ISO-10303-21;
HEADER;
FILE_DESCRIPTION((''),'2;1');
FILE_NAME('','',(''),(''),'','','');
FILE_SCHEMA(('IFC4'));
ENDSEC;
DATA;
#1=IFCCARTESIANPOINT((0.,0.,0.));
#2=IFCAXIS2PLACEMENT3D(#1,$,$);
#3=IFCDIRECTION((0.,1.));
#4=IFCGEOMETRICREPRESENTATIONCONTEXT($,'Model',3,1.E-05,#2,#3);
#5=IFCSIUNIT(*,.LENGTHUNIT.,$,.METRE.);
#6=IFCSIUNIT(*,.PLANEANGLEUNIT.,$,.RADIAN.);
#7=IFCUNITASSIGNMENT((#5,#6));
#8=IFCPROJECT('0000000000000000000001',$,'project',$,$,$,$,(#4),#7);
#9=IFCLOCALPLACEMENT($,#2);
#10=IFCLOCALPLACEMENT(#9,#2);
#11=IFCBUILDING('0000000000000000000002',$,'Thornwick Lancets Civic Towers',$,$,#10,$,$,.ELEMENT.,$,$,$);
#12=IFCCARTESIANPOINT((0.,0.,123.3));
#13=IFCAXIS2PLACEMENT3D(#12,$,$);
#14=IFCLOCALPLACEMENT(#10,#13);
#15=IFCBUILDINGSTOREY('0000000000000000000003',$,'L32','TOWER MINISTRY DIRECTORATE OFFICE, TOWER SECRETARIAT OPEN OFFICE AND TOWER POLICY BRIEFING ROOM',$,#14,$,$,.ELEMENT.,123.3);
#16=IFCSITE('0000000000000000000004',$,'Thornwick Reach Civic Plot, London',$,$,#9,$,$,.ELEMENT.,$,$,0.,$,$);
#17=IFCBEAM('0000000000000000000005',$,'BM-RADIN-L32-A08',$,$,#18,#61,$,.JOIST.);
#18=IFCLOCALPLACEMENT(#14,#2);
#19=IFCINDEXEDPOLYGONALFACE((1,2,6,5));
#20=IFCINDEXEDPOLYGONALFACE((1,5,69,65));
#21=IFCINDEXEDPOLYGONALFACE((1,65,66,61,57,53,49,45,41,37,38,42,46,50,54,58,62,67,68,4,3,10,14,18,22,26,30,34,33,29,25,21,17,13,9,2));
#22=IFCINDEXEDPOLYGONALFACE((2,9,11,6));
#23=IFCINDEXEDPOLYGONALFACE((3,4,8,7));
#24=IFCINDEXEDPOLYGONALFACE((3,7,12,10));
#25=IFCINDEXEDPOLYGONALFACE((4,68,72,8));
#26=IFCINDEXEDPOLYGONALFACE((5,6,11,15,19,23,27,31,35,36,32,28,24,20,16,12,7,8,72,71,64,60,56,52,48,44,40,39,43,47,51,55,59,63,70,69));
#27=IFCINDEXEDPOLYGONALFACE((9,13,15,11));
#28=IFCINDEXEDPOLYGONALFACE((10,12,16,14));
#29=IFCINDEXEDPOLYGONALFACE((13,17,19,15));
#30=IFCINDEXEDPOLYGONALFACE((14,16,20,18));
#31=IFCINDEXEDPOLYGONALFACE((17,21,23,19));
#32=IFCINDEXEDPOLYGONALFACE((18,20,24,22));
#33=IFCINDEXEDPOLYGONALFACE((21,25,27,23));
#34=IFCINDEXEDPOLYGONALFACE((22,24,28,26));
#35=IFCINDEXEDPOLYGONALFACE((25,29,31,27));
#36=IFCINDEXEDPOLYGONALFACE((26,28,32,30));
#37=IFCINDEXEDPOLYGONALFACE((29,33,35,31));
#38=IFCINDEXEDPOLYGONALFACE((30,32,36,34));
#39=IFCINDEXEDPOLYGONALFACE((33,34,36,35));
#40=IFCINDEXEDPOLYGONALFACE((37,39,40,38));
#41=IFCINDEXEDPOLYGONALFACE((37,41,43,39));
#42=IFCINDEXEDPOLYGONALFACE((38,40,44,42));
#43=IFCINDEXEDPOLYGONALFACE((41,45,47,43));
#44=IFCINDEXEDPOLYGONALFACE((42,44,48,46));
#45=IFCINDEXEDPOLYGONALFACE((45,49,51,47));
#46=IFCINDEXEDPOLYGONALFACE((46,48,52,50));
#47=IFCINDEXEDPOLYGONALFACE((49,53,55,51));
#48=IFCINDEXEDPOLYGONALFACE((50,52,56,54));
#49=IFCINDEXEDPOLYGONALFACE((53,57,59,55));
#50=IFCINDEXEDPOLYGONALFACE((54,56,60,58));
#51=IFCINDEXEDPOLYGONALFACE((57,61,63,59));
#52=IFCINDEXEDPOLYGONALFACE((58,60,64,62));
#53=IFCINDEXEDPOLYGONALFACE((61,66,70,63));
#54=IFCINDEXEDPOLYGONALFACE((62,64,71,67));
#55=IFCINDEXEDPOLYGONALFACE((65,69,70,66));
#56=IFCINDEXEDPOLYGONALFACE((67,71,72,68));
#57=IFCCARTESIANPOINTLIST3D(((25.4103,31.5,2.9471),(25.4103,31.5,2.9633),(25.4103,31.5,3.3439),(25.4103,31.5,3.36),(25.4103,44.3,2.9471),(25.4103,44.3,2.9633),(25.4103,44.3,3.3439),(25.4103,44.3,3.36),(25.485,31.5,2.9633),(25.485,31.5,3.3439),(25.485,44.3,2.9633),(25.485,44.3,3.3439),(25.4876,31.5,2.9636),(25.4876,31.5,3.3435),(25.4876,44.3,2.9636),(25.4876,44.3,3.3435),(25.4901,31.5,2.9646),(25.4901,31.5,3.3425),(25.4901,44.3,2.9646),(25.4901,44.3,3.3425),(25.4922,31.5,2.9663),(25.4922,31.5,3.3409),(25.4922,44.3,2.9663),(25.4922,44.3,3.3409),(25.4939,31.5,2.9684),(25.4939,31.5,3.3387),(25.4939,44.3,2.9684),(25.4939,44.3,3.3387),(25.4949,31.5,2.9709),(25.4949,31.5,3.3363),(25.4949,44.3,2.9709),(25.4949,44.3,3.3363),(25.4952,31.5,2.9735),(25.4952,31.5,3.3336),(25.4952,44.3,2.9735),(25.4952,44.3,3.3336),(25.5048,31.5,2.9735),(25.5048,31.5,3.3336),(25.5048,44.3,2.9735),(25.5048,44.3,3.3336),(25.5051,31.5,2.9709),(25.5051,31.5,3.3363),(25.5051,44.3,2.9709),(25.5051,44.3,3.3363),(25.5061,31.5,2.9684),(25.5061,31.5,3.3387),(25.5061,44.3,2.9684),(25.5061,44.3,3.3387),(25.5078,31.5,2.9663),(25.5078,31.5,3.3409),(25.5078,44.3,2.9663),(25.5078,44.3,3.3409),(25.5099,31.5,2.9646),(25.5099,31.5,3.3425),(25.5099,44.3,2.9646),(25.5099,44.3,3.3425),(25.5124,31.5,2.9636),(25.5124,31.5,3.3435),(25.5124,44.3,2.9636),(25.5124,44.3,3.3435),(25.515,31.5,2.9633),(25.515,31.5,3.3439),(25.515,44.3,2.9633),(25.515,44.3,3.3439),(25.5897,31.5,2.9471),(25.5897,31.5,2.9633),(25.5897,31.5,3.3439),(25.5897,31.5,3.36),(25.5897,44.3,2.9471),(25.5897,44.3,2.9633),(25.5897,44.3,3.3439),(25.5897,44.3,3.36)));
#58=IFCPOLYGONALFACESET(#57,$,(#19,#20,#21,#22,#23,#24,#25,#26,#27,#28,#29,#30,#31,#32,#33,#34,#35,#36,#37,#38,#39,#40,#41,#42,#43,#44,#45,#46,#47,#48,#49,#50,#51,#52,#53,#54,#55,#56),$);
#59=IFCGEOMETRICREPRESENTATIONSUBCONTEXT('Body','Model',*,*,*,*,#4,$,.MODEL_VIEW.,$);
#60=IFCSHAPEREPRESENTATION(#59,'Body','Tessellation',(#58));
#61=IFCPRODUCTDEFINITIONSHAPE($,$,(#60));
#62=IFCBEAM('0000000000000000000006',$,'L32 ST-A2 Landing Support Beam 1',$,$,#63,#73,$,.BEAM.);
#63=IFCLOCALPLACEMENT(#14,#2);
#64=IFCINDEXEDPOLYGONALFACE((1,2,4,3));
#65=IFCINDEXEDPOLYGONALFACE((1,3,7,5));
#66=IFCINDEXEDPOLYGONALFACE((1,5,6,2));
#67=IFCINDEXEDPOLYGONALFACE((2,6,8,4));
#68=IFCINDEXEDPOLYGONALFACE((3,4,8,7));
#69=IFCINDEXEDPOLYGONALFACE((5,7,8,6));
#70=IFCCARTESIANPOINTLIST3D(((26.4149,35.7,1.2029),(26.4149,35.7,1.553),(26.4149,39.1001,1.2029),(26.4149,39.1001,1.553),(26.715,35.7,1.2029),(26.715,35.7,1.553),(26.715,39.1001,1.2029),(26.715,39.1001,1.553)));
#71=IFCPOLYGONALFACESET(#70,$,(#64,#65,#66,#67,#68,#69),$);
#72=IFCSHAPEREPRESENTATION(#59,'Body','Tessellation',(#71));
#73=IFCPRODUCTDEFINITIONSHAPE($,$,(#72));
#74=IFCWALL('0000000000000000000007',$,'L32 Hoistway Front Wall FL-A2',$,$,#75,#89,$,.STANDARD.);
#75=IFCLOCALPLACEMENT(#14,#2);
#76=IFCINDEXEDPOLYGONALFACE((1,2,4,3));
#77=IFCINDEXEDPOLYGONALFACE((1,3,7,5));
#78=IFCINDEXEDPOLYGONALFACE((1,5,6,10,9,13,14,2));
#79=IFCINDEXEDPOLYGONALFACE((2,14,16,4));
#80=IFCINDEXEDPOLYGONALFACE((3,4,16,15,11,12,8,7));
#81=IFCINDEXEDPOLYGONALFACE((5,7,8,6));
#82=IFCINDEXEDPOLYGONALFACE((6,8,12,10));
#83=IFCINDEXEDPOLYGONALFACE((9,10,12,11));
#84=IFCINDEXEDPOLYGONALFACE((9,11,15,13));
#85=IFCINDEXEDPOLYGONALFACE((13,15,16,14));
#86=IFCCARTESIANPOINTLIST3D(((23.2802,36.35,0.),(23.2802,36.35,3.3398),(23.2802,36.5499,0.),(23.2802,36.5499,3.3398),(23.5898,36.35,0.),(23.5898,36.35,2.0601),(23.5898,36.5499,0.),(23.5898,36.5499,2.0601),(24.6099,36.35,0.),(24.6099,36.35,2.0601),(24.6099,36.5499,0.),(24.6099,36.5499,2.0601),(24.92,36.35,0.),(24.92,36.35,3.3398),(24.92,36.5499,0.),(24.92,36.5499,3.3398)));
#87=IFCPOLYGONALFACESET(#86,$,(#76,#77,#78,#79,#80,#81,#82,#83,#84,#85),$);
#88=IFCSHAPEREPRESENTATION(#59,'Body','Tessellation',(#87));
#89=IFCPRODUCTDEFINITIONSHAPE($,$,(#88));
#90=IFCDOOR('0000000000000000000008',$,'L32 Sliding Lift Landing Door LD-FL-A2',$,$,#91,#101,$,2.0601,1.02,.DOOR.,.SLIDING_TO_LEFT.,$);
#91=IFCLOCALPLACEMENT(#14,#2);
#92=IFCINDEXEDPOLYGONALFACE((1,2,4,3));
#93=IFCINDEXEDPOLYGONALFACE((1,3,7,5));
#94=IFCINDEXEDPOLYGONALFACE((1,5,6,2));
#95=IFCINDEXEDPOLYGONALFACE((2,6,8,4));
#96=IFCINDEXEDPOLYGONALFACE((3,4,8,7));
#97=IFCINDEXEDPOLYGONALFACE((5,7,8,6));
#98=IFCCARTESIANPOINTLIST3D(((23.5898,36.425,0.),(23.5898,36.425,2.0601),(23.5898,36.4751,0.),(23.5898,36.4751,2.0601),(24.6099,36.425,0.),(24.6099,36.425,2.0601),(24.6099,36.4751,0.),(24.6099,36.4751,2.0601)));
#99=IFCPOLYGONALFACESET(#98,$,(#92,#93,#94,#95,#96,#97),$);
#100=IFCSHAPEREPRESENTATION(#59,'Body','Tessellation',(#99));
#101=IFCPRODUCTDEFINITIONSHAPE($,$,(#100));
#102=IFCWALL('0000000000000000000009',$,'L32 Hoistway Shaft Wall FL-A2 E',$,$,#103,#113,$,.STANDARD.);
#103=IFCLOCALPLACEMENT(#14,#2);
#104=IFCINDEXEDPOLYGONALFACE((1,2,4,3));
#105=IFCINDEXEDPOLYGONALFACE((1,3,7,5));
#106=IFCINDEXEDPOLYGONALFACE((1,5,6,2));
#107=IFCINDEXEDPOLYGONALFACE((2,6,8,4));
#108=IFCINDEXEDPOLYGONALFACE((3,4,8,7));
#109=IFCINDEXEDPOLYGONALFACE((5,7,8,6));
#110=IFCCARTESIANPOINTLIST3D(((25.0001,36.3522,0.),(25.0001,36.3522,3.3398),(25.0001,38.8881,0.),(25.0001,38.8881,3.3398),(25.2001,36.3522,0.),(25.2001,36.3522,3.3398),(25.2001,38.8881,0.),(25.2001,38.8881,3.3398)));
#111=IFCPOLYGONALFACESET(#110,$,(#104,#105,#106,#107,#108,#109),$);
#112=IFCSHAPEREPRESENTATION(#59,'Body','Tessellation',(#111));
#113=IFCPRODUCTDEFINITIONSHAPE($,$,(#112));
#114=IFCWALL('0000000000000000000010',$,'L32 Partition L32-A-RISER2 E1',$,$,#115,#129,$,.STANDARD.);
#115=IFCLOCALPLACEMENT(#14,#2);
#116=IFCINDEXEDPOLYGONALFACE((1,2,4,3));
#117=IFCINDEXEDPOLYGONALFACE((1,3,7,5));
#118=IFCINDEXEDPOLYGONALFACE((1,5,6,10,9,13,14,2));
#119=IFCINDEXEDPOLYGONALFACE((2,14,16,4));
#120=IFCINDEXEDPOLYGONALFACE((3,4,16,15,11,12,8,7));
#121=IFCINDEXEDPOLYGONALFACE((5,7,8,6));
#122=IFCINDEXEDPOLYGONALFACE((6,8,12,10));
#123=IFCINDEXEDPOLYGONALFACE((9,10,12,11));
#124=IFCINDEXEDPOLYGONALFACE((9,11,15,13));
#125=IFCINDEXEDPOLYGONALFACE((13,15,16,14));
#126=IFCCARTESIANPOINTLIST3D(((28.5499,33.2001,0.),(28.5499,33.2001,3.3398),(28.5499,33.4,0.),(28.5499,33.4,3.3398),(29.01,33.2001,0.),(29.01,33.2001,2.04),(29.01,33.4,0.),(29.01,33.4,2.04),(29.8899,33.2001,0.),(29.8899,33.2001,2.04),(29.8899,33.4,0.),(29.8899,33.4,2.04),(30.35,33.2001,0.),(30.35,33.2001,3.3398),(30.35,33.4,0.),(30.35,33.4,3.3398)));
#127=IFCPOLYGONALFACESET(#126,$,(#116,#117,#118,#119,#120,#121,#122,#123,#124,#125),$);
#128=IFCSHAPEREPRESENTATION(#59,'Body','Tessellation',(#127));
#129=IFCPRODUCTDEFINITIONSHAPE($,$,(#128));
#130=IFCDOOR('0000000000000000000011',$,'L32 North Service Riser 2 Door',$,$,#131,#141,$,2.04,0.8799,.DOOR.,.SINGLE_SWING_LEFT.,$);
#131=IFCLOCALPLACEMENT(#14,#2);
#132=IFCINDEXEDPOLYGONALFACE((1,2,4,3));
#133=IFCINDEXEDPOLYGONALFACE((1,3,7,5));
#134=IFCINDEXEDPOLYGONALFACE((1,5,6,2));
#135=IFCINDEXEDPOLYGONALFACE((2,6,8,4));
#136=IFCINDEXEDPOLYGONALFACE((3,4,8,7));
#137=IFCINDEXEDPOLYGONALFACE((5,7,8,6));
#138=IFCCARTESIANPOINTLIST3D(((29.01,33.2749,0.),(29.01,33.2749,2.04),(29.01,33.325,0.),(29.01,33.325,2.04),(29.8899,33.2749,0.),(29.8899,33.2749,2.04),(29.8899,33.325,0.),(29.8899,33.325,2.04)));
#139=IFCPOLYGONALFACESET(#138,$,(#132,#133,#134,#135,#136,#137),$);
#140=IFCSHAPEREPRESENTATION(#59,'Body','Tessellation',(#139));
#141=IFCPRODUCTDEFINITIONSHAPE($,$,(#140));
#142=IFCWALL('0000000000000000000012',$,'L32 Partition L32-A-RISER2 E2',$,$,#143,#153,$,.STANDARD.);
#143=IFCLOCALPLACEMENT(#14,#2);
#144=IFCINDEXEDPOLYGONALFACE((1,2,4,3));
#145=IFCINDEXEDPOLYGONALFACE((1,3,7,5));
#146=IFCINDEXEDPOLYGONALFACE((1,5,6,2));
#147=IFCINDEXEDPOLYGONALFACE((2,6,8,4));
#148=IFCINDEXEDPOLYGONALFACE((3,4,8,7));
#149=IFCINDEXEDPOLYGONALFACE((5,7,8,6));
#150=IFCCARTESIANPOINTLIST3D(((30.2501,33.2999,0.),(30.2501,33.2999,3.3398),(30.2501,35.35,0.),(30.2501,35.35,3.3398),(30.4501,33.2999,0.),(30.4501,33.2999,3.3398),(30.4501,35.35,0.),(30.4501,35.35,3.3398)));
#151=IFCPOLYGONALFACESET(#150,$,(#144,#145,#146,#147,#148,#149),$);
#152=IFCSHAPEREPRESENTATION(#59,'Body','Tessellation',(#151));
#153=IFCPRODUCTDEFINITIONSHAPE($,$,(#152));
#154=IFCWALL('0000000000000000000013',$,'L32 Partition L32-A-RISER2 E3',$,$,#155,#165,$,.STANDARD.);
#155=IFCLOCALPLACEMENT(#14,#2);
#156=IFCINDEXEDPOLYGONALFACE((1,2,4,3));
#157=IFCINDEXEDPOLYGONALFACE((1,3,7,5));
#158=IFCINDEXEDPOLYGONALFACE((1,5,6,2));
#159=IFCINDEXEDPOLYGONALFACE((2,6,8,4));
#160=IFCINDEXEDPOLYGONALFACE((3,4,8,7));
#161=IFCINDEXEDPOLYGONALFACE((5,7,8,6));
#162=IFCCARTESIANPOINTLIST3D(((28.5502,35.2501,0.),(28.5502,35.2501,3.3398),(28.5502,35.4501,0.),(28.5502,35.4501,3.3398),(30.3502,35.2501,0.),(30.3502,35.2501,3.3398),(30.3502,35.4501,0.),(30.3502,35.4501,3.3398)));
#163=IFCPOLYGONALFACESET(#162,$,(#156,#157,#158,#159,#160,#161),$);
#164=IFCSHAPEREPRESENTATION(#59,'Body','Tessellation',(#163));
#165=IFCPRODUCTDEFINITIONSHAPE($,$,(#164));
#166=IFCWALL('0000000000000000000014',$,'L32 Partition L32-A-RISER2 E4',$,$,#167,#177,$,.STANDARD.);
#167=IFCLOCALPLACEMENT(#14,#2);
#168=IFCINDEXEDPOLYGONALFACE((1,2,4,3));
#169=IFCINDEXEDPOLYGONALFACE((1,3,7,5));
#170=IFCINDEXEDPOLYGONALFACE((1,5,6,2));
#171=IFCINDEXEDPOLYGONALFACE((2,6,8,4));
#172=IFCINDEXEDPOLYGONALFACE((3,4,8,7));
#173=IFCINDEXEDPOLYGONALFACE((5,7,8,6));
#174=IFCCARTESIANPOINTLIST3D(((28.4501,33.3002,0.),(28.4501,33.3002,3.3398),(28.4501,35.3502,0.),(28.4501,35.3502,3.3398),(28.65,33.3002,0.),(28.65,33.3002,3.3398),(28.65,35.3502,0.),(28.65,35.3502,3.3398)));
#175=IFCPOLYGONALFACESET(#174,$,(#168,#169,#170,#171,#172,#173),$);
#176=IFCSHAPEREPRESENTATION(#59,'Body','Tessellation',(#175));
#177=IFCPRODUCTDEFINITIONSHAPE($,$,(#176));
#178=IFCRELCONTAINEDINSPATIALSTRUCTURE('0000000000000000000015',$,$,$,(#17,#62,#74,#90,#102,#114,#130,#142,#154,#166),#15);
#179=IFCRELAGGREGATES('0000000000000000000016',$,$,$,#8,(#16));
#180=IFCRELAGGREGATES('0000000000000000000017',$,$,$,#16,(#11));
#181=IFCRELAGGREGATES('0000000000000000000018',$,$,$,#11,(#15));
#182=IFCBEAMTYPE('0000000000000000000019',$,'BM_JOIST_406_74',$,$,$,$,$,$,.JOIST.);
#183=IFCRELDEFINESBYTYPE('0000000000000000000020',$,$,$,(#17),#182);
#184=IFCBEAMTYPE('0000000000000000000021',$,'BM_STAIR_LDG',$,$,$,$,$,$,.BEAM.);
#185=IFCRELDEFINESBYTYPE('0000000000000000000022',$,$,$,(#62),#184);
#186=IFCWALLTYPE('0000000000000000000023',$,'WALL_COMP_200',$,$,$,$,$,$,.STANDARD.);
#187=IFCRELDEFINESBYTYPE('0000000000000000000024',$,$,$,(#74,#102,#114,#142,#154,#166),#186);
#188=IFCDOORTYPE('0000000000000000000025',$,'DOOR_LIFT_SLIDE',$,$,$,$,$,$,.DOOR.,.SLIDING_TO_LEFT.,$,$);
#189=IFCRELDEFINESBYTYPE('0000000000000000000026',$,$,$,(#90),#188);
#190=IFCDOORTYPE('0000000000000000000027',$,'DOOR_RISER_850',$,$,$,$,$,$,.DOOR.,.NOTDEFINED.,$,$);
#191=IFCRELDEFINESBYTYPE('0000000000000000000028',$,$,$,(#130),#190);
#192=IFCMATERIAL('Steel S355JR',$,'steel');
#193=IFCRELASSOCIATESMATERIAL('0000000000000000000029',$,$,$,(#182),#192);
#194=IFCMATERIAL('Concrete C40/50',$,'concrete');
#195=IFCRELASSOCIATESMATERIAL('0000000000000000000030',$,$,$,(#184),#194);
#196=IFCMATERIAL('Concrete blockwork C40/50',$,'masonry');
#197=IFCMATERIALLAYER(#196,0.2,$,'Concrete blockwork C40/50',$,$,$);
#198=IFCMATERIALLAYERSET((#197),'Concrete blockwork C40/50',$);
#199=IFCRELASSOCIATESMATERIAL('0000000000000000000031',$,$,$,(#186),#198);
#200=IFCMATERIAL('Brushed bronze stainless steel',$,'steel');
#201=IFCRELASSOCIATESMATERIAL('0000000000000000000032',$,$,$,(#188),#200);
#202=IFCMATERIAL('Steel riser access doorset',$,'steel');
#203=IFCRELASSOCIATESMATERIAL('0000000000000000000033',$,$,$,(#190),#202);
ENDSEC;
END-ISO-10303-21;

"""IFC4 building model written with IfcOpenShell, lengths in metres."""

from ifc_helpers import new_model, si_unit, direction, frame, frame_2d, origin, origin_2d, place, context, subcontext, project, spatial, rectangle, i_section, extrude, material, layer, layer_set, material_profile, profile_set, type_object, element, fill, save


model = new_model("IFC4")

# Units and contexts
model_context = context("Model", 3, precision=1e-05, world=origin(), true_north=direction((0.0, 1.0)))
body_context = subcontext(model_context, "Body", "Model", "MODEL_VIEW")
ifc_project = project(units=[si_unit("LENGTHUNIT", "METRE"), si_unit("PLANEANGLEUNIT", "RADIAN")], contexts=[model_context])

# Site, building, storey
site_placement = place(None, origin())
site = spatial("IfcSite", under=ifc_project, at=site_placement, Name="Thornwick Reach Civic Plot, London", CompositionType="ELEMENT", RefElevation=0.0)
building_placement = place(site_placement, origin())
building = spatial("IfcBuilding", under=site, at=building_placement, Name="Thornwick Lancets Civic Towers", CompositionType="ELEMENT")
storey_placement = place(building_placement, frame((0.0, 0.0, 123.3)))
storey = spatial("IfcBuildingStorey", under=building, at=storey_placement, Name="L32", Description="TOWER MINISTRY DIRECTORATE OFFICE, TOWER SECRETARIAT OPEN OFFICE AND TOWER POLICY BRIEFING ROOM", CompositionType="ELEMENT", Elevation=123.3)

# Beams
ifc_material_1 = material(Name="Steel S355JR", Category="steel")
ifc_material_profile_1 = material_profile(ifc_material_1, i_section(OverallWidth=0.1794, OverallDepth=0.4128, WebThickness=0.0095, FlangeThickness=0.0161, FilletRadius=0.0103, at=origin_2d()), Name="UKB 406x178x74")
ifc_profile_set_1 = profile_set([ifc_material_profile_1], Name="Steel S355JR")
beam_type_1 = type_object("IfcBeamType", Name="BM_JOIST_406_74", PredefinedType="JOIST", material=ifc_profile_set_1)
beam_1_placement = place(storey_placement, frame((25.5, 31.5, 3.1536), z_axis=(0.0, 1.0, 0.0), x_axis=(-1.0, 0.0, 0.0)))
element("IfcBeam", 1, at=beam_1_placement, inside=storey, type_object=beam_type_1, Name="BM-RADIN-L32-A08", PredefinedType="JOIST", context=body_context, shape_type="SweptSolid", body=[
    extrude(i_section(OverallWidth=0.1794, OverallDepth=0.4128, WebThickness=0.0095, FlangeThickness=0.0161, FilletRadius=0.0103, at=origin_2d()), origin(), (0.0, 0.0, 1.0), 12.8),
])
ifc_material_2 = material(Name="Concrete C40/50", Category="concrete")
ifc_material_profile_2 = material_profile(ifc_material_2, rectangle(XDim=0.3, YDim=0.3501, at=origin_2d()), Name="RC 300x350")
ifc_profile_set_2 = profile_set([ifc_material_profile_2], Name="Concrete C40/50")
beam_type_2 = type_object("IfcBeamType", Name="BM_STAIR_LDG", PredefinedType="BEAM", material=ifc_profile_set_2)
beam_2_placement = place(storey_placement, frame((26.5649, 39.1001, 1.3779), z_axis=(0.0, -1.0, 0.0), x_axis=(1.0, 0.0, 0.0)))
element("IfcBeam", 2, at=beam_2_placement, inside=storey, type_object=beam_type_2, Name="L32 ST-A2 Landing Support Beam 1", PredefinedType="BEAM", context=body_context, shape_type="SweptSolid", body=[
    extrude(rectangle(XDim=0.3, YDim=0.3501, at=origin_2d()), origin(), (0.0, 0.0, 1.0), 3.4001),
])

# Wall, opening, door
ifc_material_3 = material(Name="Concrete blockwork C40/50", Category="masonry")
ifc_layer_1 = layer(ifc_material_3, 0.2, Name="Concrete blockwork C40/50")
ifc_layer_set_1 = layer_set([ifc_layer_1], Name="Concrete blockwork C40/50")
wall_type_1 = type_object("IfcWallType", Name="WALL_COMP_200", PredefinedType="STANDARD", material=ifc_layer_set_1)
wall_1_placement = place(storey_placement, frame((24.9199, 36.45, 0.0), z_axis=(0.0, 0.0, 1.0), x_axis=(-1.0, 0.0, 0.0)))
wall_1 = element("IfcWall", 3, at=wall_1_placement, inside=storey, type_object=wall_type_1, Name="L32 Hoistway Front Wall FL-A2", PredefinedType="STANDARD", context=body_context, shape_type="SweptSolid", body=[
    extrude(rectangle(XDim=1.6399, YDim=0.2, at=frame_2d((0.8198, 0.0))), origin(), (0.0, 0.0, 1.0), 3.3398),
])
opening_1_placement = place(wall_1_placement, frame((0.3101, 0.0, 0.0)))
opening_1 = element("IfcOpeningElement", 4, at=opening_1_placement, cuts=wall_1, PredefinedType="OPENING", context=body_context, shape_type="SweptSolid", body=[
    extrude(rectangle(XDim=1.02, YDim=2.0601, at=frame_2d((0.51, 1.03))), frame((0.0, 0.1099, 0.0), z_axis=(0.0, -1.0, 0.0), x_axis=(1.0, 0.0, 0.0)), (0.0, 0.0, 1.0), 0.22),
])
ifc_material_4 = material(Name="Brushed bronze stainless steel", Category="steel")
door_type_1 = type_object("IfcDoorType", Name="DOOR_LIFT_SLIDE", OperationType="SLIDING_TO_LEFT", PredefinedType="DOOR", material=ifc_material_4)
door_1_placement = place(opening_1_placement, origin())
door_1 = element("IfcDoor", 5, at=door_1_placement, inside=storey, type_object=door_type_1, Name="L32 Sliding Lift Landing Door LD-FL-A2", OperationType="SLIDING_TO_LEFT", OverallHeight=2.0601, OverallWidth=1.02, PredefinedType="DOOR", context=body_context, shape_type="SweptSolid", body=[
    extrude(rectangle(XDim=1.02, YDim=2.0601, at=frame_2d((0.51, 1.03))), frame((0.0, 0.0249, 0.0), z_axis=(0.0, -1.0, 0.0), x_axis=(1.0, 0.0, 0.0)), (0.0, 0.0, 1.0), 0.05),
])
fill(opening_1, door_1)

# Wall
wall_2_placement = place(storey_placement, frame((25.1001, 36.3521, 0.0), z_axis=(0.0, 0.0, 1.0), x_axis=(0.0, 1.0, 0.0)))
element("IfcWall", 6, at=wall_2_placement, inside=storey, type_object=wall_type_1, Name="L32 Hoistway Shaft Wall FL-A2 E", PredefinedType="STANDARD", context=body_context, shape_type="SweptSolid", body=[
    extrude(rectangle(XDim=2.5359, YDim=0.2, at=frame_2d((1.2681, 0.0))), origin(), (0.0, 0.0, 1.0), 3.3398),
])

# Wall, opening, door
wall_3_placement = place(storey_placement, frame((28.55, 33.3, 0.0), z_axis=(0.0, 0.0, 1.0), x_axis=(1.0, 0.0, 0.0)))
wall_3 = element("IfcWall", 7, at=wall_3_placement, inside=storey, type_object=wall_type_1, Name="L32 Partition L32-A-RISER2 E1", PredefinedType="STANDARD", context=body_context, shape_type="SweptSolid", body=[
    extrude(rectangle(XDim=1.8, YDim=0.2, at=frame_2d((0.8999, 0.0))), origin(), (0.0, 0.0, 1.0), 3.3398),
])
opening_2_placement = place(wall_3_placement, frame((0.46, 0.0, 0.0)))
opening_2 = element("IfcOpeningElement", 8, at=opening_2_placement, cuts=wall_3, PredefinedType="OPENING", context=body_context, shape_type="SweptSolid", body=[
    extrude(rectangle(XDim=0.8799, YDim=2.04, at=frame_2d((0.4399, 1.02))), frame((0.0, 0.1099, 0.0), z_axis=(0.0, -1.0, 0.0), x_axis=(1.0, 0.0, 0.0)), (0.0, 0.0, 1.0), 0.22),
])
ifc_material_5 = material(Name="Steel riser access doorset", Category="steel")
door_type_2 = type_object("IfcDoorType", Name="DOOR_RISER_850", OperationType="NOTDEFINED", PredefinedType="DOOR", material=ifc_material_5)
door_2_placement = place(opening_2_placement, origin())
door_2 = element("IfcDoor", 9, at=door_2_placement, inside=storey, type_object=door_type_2, Name="L32 North Service Riser 2 Door", OperationType="SINGLE_SWING_LEFT", OverallHeight=2.04, OverallWidth=0.8799, PredefinedType="DOOR", context=body_context, shape_type="SweptSolid", body=[
    extrude(rectangle(XDim=0.8799, YDim=2.04, at=frame_2d((0.4399, 1.02))), frame((0.0, 0.0249, 0.0), z_axis=(0.0, -1.0, 0.0), x_axis=(1.0, 0.0, 0.0)), (0.0, 0.0, 1.0), 0.05),
])
fill(opening_2, door_2)

# Walls
wall_4_placement = place(storey_placement, frame((30.3501, 33.3, 0.0), z_axis=(0.0, 0.0, 1.0), x_axis=(0.0, 1.0, 0.0)))
element("IfcWall", 10, at=wall_4_placement, inside=storey, type_object=wall_type_1, Name="L32 Partition L32-A-RISER2 E2", PredefinedType="STANDARD", context=body_context, shape_type="SweptSolid", body=[
    extrude(rectangle(XDim=2.05, YDim=0.2, at=frame_2d((1.0249, 0.0))), origin(), (0.0, 0.0, 1.0), 3.3398),
])
wall_5_placement = place(storey_placement, frame((30.3501, 35.3501, 0.0), z_axis=(0.0, 0.0, 1.0), x_axis=(-1.0, 0.0, 0.0)))
element("IfcWall", 11, at=wall_5_placement, inside=storey, type_object=wall_type_1, Name="L32 Partition L32-A-RISER2 E3", PredefinedType="STANDARD", context=body_context, shape_type="SweptSolid", body=[
    extrude(rectangle(XDim=1.8, YDim=0.2, at=frame_2d((0.8999, 0.0))), origin(), (0.0, 0.0, 1.0), 3.3398),
])
wall_6_placement = place(storey_placement, frame((28.55, 35.3501, 0.0), z_axis=(0.0, 0.0, 1.0), x_axis=(0.0, -1.0, 0.0)))
element("IfcWall", 12, at=wall_6_placement, inside=storey, type_object=wall_type_1, Name="L32 Partition L32-A-RISER2 E4", PredefinedType="STANDARD", context=body_context, shape_type="SweptSolid", body=[
    extrude(rectangle(XDim=2.05, YDim=0.2, at=frame_2d((1.0249, 0.0))), origin(), (0.0, 0.0, 1.0), 3.3398),
])

save(model, "model.ifc")
